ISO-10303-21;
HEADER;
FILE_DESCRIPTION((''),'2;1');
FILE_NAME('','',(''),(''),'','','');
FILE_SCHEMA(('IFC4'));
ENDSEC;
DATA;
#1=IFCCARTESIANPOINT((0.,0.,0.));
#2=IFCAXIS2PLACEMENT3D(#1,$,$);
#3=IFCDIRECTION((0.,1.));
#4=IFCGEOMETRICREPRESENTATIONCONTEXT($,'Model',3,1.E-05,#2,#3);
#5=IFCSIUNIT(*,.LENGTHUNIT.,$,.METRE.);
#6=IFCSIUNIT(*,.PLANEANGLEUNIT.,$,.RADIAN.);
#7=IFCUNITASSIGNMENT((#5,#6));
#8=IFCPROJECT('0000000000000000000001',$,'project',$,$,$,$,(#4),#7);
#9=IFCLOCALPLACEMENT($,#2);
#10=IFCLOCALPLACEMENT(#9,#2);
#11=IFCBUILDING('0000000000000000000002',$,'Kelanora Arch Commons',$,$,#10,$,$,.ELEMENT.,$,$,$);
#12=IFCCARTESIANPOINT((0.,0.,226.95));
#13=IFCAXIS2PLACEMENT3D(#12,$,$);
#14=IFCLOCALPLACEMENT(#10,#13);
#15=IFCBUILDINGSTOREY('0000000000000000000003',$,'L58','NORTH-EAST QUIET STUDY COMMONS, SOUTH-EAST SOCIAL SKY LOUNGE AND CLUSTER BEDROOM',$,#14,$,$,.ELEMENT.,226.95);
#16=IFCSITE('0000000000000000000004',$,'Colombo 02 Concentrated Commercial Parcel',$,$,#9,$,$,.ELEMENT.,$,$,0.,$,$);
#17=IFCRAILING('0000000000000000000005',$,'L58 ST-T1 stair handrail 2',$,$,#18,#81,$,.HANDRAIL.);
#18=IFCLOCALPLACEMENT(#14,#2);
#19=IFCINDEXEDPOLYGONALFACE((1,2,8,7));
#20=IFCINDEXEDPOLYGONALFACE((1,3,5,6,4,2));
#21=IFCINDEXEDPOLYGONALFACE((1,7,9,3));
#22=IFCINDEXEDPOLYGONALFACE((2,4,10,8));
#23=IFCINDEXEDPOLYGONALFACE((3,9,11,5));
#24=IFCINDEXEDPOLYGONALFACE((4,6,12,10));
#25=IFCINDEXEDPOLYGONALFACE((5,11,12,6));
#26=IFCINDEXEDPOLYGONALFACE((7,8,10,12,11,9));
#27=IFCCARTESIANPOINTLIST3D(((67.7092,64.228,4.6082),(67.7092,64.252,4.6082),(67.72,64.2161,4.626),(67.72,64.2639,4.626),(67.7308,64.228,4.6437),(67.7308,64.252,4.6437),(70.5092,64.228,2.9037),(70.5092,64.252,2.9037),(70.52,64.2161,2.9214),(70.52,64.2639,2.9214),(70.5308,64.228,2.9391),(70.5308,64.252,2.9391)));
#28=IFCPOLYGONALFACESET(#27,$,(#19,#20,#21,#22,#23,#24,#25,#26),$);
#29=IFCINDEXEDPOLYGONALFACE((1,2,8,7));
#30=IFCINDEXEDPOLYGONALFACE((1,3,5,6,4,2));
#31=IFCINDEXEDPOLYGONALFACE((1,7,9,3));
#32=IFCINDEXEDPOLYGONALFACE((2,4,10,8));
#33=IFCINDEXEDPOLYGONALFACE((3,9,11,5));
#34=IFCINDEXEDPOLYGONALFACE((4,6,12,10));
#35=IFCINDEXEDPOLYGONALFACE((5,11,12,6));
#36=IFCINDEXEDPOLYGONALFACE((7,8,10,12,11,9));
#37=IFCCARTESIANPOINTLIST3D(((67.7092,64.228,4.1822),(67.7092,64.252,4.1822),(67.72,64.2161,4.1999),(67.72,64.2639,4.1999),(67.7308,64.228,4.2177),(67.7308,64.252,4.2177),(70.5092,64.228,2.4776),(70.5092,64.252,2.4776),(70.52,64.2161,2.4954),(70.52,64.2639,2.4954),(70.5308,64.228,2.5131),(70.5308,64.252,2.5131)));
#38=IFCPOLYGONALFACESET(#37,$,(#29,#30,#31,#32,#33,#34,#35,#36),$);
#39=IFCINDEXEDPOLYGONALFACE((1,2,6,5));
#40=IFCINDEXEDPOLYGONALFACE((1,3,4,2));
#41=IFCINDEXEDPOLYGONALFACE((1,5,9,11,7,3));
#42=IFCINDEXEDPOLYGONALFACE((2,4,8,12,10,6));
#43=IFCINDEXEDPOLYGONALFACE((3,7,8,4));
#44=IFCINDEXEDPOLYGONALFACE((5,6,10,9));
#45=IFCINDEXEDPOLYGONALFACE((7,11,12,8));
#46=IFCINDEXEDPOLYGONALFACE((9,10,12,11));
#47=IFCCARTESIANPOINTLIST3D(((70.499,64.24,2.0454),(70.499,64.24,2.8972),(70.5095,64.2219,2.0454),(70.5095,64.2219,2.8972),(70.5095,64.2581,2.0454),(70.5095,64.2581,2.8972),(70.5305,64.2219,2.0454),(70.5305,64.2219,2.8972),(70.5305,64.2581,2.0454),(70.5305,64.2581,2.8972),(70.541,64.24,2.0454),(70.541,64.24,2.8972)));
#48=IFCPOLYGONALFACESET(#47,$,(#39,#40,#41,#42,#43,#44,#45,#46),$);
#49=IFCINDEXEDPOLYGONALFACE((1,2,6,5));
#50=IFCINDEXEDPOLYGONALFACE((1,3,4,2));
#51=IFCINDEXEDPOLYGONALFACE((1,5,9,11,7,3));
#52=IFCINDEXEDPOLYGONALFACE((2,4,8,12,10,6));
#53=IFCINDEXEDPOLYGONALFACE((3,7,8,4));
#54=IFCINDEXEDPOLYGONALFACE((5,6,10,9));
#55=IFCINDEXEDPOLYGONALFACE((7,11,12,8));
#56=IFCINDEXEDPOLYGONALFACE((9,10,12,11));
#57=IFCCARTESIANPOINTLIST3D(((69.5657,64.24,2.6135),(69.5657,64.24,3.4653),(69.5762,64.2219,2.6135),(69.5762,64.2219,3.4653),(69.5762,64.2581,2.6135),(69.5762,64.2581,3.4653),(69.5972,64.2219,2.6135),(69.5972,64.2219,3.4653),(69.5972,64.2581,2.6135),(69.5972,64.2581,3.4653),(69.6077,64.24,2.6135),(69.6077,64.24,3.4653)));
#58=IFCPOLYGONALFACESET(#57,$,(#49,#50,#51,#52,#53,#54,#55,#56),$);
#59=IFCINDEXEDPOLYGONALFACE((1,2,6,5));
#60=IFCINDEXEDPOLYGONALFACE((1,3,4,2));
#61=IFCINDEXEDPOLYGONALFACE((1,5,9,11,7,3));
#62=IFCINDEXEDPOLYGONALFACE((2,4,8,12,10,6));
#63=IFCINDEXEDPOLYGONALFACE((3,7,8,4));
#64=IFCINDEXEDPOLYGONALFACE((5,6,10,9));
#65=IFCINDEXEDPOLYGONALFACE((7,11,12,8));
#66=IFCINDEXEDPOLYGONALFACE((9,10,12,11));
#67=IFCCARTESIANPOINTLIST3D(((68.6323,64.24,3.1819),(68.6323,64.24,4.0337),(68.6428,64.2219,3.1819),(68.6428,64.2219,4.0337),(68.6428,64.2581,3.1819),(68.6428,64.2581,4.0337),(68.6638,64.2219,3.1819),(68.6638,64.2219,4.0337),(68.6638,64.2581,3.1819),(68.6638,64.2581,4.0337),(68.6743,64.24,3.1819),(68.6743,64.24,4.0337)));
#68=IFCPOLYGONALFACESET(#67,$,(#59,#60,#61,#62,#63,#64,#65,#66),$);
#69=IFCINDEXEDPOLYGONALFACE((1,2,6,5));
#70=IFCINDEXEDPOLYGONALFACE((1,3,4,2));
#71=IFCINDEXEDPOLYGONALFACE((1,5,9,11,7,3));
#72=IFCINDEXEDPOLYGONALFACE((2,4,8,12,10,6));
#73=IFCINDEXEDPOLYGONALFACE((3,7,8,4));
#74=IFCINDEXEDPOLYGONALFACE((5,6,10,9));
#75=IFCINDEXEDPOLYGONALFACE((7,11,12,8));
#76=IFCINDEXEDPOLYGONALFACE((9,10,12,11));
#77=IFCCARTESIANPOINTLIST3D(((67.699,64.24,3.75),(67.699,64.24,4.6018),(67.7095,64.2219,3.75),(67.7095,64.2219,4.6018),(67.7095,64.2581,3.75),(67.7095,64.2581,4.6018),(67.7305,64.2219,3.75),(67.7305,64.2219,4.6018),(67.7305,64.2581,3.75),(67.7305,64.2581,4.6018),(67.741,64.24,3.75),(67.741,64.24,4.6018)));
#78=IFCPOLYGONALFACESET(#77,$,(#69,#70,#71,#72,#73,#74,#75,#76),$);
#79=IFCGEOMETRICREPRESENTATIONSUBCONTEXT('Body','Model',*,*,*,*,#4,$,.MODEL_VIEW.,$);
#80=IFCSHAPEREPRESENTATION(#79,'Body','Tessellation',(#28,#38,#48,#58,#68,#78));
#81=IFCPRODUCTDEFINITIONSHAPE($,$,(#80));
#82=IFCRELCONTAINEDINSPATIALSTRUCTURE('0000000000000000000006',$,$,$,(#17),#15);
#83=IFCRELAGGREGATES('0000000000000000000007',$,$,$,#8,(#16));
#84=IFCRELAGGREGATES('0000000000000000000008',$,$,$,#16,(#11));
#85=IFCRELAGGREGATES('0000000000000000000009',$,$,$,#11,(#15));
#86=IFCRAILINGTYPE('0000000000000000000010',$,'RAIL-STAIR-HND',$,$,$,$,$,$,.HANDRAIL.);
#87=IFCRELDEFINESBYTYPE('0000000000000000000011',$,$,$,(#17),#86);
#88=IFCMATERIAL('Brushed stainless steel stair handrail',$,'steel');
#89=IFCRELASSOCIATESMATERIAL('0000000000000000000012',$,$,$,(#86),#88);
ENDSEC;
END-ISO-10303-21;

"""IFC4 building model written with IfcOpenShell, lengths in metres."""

from ifc_helpers import new_model, si_unit, direction, frame, origin, place, context, subcontext, project, spatial, polyline, outline, extrude, material, type_object, element, save


model = new_model("IFC4")

# Units and contexts
model_context = context("Model", 3, precision=1e-05, world=origin(), true_north=direction((0.0, 1.0)))
body_context = subcontext(model_context, "Body", "Model", "MODEL_VIEW")
ifc_project = project(units=[si_unit("LENGTHUNIT", "METRE"), si_unit("PLANEANGLEUNIT", "RADIAN")], contexts=[model_context])

# Site, building, storey
site_placement = place(None, origin())
site = spatial("IfcSite", under=ifc_project, at=site_placement, Name="Colombo 02 Concentrated Commercial Parcel", CompositionType="ELEMENT", RefElevation=0.0)
building_placement = place(site_placement, origin())
building = spatial("IfcBuilding", under=site, at=building_placement, Name="Kelanora Arch Commons", CompositionType="ELEMENT")
storey_placement = place(building_placement, frame((0.0, 0.0, 226.95)))
storey = spatial("IfcBuildingStorey", under=building, at=storey_placement, Name="L58", Description="NORTH-EAST QUIET STUDY COMMONS, SOUTH-EAST SOCIAL SKY LOUNGE AND CLUSTER BEDROOM", CompositionType="ELEMENT", Elevation=226.95)

# Railing
ifc_material_1 = material(Name="Brushed stainless steel stair handrail", Category="steel")
railing_type_1 = type_object("IfcRailingType", Name="RAIL-STAIR-HND", PredefinedType="HANDRAIL", material=ifc_material_1)
railing_1_placement = place(storey_placement, frame((70.52, 64.24, 2.0454)))
element("IfcRailing", 1, at=railing_1_placement, inside=storey, type_object=railing_type_1, Name="L58 ST-T1 stair handrail 2", PredefinedType="HANDRAIL", context=body_context, shape_type="SweptSolid", body=[
    extrude(outline(polyline([(0.0239, 0.0), (0.012, 0.0208), (-0.012, 0.0208), (-0.0239, 0.0), (-0.012, -0.0208), (0.012, -0.0208), (0.0239, 0.0)])), frame((0.0, 0.0, 0.876), z_axis=(-0.85417, 0.0, 0.519994), x_axis=(0.0, -1.0, 0.0)), (0.0, 0.0, 1.0), 3.2781),
    extrude(outline(polyline([(0.0239, 0.0), (0.012, 0.0208), (-0.012, 0.0208), (-0.0239, 0.0), (-0.012, -0.0208), (0.012, -0.0208), (0.0239, 0.0)])), frame((0.0, 0.0, 0.45), z_axis=(-0.85417, 0.0, 0.519994), x_axis=(0.0, -1.0, 0.0)), (0.0, 0.0, 1.0), 3.2781),
    extrude(outline(polyline([(0.021, 0.0), (0.0105, 0.0181), (-0.0105, 0.0181), (-0.021, 0.0), (-0.0105, -0.0181), (0.0105, -0.0181), (0.021, 0.0)])), origin(), (0.0, 0.0, 1.0), 0.8518),
    extrude(outline(polyline([(0.021, 0.0), (0.0105, 0.0181), (-0.0105, 0.0181), (-0.021, 0.0), (-0.0105, -0.0181), (0.0105, -0.0181), (0.021, 0.0)])), frame((-0.9333, 0.0, 0.5681)), (0.0, 0.0, 1.0), 0.8518),
    extrude(outline(polyline([(0.021, 0.0), (0.0105, 0.0181), (-0.0105, 0.0181), (-0.021, 0.0), (-0.0105, -0.0181), (0.0105, -0.0181), (0.021, 0.0)])), frame((-1.8667, 0.0, 1.1365)), (0.0, 0.0, 1.0), 0.8518),
    extrude(outline(polyline([(0.021, 0.0), (0.0105, 0.0181), (-0.0105, 0.0181), (-0.021, 0.0), (-0.0105, -0.0181), (0.0105, -0.0181), (0.021, 0.0)])), frame((-2.8, 0.0, 1.7046)), (0.0, 0.0, 1.0), 0.8518),
])

save(model, "model.ifc")
